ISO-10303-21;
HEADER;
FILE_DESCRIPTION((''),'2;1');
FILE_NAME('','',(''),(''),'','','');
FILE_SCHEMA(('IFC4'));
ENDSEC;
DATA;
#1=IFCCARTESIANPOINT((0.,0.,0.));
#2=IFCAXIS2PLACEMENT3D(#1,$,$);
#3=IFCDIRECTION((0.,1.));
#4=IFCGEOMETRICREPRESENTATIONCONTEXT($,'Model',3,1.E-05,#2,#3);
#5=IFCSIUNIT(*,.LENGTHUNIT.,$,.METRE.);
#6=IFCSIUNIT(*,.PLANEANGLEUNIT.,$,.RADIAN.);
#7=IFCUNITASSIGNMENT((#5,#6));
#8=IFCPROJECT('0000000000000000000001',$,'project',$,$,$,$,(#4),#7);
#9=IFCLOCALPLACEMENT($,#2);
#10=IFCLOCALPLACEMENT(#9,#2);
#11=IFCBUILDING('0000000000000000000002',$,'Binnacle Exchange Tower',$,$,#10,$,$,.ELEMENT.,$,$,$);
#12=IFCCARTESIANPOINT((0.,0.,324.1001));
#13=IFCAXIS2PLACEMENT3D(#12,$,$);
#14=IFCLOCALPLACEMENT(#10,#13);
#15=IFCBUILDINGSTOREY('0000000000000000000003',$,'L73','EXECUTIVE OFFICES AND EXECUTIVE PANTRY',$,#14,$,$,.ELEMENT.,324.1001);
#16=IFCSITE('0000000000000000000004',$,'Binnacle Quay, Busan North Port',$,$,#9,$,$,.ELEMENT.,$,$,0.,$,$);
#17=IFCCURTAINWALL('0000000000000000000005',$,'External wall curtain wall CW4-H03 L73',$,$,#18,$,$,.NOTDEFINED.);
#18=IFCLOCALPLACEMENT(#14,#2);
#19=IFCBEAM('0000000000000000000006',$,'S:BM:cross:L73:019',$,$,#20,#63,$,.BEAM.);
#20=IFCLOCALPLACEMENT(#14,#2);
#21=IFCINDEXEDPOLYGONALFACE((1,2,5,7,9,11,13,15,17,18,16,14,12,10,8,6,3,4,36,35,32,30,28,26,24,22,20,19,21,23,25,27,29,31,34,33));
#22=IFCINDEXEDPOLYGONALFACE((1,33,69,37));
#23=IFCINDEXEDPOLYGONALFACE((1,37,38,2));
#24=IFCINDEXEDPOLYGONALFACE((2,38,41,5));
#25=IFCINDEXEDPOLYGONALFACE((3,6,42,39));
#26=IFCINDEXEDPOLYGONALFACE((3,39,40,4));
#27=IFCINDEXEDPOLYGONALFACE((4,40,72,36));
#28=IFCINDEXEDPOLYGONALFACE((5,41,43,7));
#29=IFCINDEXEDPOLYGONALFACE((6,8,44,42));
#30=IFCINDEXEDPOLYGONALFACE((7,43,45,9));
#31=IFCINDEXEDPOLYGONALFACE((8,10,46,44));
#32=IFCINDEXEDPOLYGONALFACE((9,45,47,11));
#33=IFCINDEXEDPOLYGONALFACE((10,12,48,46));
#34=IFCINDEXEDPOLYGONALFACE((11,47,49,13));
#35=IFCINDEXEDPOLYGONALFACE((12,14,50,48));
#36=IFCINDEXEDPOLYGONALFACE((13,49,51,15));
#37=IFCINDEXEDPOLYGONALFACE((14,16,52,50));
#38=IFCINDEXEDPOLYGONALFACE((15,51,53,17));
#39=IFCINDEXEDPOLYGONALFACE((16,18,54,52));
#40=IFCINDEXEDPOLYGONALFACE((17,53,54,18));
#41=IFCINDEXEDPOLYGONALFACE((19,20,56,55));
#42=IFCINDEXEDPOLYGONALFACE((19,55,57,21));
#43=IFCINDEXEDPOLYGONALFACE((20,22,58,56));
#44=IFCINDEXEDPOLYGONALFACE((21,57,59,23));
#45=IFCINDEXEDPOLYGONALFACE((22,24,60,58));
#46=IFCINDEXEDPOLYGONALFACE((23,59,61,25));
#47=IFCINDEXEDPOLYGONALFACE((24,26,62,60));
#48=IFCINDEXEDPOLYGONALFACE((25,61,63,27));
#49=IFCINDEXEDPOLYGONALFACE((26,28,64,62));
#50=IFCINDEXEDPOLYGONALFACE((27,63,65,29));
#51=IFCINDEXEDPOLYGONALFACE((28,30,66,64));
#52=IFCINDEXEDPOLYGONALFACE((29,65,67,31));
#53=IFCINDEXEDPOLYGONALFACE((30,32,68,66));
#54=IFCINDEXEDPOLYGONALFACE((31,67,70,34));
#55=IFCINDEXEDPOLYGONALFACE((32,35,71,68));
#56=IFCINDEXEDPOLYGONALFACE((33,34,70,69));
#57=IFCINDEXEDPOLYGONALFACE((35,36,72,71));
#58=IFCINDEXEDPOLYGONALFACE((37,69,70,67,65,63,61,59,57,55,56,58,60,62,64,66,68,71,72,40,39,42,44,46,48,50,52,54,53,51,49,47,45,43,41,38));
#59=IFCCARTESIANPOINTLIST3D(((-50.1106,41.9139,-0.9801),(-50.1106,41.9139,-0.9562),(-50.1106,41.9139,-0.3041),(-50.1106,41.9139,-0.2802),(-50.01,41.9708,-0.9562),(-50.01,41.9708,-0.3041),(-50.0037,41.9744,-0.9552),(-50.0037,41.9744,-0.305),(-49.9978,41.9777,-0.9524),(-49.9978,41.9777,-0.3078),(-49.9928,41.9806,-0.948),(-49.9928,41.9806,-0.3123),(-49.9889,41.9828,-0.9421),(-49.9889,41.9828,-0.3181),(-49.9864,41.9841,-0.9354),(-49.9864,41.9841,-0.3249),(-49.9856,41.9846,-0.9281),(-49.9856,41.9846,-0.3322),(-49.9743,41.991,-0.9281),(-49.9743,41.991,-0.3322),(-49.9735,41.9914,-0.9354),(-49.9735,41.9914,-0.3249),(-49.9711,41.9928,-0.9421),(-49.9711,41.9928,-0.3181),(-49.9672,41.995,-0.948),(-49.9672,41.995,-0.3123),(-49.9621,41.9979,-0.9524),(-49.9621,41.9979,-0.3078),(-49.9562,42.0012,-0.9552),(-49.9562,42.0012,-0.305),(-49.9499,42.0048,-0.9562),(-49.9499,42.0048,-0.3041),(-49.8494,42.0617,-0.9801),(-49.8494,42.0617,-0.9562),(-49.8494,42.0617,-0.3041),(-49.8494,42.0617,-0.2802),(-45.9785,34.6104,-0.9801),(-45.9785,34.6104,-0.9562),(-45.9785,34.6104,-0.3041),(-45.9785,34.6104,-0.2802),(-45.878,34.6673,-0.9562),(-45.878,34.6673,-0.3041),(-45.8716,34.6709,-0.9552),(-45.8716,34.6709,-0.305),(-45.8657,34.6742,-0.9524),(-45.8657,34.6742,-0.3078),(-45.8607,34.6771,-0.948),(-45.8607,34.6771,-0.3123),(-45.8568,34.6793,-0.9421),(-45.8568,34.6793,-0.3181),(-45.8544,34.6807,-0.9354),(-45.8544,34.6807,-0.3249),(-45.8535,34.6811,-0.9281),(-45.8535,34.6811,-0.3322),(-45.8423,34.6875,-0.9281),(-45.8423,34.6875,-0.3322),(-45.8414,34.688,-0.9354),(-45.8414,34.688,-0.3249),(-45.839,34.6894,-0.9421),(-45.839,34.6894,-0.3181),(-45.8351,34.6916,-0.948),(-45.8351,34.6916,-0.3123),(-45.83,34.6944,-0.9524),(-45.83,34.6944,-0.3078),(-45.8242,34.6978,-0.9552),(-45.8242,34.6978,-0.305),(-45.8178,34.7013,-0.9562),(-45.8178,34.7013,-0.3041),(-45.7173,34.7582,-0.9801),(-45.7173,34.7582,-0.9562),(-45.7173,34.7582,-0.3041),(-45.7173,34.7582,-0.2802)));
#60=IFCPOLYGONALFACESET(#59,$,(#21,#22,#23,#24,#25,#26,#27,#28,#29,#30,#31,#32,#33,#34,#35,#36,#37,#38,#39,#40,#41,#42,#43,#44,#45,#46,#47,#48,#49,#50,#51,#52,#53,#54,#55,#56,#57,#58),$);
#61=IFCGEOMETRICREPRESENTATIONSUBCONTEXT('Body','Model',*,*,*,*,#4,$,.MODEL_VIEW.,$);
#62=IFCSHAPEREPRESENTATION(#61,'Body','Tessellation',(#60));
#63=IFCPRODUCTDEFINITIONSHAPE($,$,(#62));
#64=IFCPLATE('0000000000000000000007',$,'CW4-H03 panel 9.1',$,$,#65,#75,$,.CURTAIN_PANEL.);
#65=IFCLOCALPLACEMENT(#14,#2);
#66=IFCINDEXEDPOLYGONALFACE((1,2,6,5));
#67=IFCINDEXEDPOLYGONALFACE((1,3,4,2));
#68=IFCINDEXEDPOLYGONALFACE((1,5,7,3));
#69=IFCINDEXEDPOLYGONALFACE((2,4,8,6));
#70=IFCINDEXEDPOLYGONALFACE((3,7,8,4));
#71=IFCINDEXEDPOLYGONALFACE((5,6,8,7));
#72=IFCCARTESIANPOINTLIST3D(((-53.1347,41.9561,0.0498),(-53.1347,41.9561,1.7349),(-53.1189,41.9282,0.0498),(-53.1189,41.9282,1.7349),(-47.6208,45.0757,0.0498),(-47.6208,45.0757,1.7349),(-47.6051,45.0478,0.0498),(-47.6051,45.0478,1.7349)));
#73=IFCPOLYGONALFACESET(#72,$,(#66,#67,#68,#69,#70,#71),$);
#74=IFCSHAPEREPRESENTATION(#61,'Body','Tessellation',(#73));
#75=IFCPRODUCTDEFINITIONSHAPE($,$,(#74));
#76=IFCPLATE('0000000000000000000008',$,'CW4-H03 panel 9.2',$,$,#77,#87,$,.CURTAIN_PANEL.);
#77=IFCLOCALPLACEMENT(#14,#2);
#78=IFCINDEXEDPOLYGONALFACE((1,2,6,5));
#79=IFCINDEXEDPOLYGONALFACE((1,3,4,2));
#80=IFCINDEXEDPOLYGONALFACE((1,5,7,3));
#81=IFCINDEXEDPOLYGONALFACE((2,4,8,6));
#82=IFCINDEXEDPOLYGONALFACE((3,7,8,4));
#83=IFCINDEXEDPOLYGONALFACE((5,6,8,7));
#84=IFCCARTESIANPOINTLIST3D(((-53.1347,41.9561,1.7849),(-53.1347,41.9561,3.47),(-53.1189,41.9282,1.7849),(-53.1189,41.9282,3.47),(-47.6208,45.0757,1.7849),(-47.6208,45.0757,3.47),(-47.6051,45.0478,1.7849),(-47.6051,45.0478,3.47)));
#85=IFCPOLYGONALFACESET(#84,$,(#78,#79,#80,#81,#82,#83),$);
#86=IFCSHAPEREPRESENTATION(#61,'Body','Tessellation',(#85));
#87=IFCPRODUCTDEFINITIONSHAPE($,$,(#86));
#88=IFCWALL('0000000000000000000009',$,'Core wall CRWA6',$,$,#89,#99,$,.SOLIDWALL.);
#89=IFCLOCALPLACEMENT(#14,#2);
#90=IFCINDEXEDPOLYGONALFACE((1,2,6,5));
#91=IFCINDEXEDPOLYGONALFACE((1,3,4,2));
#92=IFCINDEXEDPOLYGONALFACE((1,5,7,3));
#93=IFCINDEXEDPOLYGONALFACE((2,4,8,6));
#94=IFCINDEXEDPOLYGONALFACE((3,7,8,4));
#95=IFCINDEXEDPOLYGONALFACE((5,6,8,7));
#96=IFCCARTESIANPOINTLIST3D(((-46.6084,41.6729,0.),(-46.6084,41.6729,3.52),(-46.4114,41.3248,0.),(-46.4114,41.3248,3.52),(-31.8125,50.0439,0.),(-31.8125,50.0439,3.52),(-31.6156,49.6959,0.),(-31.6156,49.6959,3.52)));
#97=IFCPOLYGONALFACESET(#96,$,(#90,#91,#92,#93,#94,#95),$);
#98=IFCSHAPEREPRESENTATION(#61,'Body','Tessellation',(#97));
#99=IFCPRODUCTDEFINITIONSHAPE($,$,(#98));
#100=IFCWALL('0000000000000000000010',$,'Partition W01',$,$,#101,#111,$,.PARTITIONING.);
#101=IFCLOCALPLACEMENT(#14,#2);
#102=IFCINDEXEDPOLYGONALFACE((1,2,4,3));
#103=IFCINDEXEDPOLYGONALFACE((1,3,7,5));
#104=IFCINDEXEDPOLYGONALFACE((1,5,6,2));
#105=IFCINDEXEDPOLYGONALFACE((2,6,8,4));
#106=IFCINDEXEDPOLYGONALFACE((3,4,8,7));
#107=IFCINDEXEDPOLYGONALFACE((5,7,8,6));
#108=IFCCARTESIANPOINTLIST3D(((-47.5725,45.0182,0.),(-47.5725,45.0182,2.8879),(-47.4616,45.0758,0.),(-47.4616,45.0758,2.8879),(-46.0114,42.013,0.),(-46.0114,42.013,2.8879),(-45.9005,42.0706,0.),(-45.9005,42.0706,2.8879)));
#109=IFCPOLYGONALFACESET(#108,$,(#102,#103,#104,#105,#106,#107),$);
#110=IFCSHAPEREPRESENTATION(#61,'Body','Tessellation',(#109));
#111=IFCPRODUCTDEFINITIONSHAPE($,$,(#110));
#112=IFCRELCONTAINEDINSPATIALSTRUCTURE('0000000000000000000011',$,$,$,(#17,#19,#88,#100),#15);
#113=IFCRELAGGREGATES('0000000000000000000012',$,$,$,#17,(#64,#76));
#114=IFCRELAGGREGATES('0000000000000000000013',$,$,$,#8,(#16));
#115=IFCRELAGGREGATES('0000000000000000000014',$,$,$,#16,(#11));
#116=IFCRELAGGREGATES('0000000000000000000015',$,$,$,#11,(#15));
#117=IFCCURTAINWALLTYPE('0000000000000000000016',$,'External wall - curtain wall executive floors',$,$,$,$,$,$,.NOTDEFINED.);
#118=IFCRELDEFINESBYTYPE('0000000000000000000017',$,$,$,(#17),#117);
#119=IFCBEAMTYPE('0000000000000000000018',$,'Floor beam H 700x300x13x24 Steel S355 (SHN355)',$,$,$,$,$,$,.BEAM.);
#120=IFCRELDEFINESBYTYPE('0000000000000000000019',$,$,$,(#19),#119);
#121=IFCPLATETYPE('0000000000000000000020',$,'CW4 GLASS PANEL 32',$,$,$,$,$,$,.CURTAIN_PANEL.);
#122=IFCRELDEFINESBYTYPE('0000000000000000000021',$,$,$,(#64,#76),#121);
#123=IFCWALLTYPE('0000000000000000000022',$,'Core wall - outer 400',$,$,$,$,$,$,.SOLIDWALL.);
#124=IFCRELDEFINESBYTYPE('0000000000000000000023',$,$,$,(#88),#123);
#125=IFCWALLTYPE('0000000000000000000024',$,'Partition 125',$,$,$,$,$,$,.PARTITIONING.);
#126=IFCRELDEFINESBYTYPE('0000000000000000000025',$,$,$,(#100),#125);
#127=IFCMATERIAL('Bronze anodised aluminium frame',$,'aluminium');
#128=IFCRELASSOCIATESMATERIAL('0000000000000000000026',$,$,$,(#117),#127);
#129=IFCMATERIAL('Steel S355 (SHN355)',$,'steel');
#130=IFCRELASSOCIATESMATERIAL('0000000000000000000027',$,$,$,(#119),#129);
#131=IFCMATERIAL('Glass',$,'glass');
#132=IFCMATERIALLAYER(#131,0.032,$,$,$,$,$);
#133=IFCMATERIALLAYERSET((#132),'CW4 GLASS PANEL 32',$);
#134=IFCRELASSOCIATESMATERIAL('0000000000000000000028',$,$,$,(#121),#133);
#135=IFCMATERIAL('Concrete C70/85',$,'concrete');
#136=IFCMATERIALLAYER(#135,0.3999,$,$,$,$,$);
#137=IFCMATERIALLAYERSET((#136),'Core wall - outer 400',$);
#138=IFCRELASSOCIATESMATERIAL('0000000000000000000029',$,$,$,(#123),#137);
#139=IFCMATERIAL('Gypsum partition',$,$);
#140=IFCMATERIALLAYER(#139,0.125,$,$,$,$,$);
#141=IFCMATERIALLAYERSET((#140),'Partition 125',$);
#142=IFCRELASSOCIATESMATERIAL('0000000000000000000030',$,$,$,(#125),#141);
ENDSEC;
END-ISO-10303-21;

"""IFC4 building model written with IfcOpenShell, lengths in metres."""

from ifc_helpers import new_model, si_unit, direction, frame, frame_2d, origin, origin_2d, place, context, subcontext, project, spatial, rectangle, i_section, extrude, material, layer, layer_set, material_profile, profile_set, type_object, element, aggregate, save


model = new_model("IFC4")

# Units and contexts
model_context = context("Model", 3, precision=1e-05, world=origin(), true_north=direction((0.0, 1.0)))
body_context = subcontext(model_context, "Body", "Model", "MODEL_VIEW")
ifc_project = project(units=[si_unit("LENGTHUNIT", "METRE"), si_unit("PLANEANGLEUNIT", "RADIAN")], contexts=[model_context])

# Site, building, storey
site_placement = place(None, origin())
site = spatial("IfcSite", under=ifc_project, at=site_placement, Name="Binnacle Quay, Busan North Port", CompositionType="ELEMENT", RefElevation=0.0)
building_placement = place(site_placement, origin())
building = spatial("IfcBuilding", under=site, at=building_placement, Name="Binnacle Exchange Tower", CompositionType="ELEMENT")
storey_placement = place(building_placement, frame((0.0, 0.0, 324.1001)))
storey = spatial("IfcBuildingStorey", under=building, at=storey_placement, Name="L73", Description="EXECUTIVE OFFICES AND EXECUTIVE PANTRY", CompositionType="ELEMENT", Elevation=324.1001)

# Curtain wall
ifc_material_1 = material(Name="Bronze anodised aluminium frame", Category="aluminium")
curtain_wall_type = type_object("IfcCurtainWallType", Name="External wall - curtain wall executive floors", PredefinedType="NOTDEFINED", material=ifc_material_1)
curtain_wall_placement = place(storey_placement, origin())
curtain_wall = element("IfcCurtainWall", 1, at=curtain_wall_placement, inside=storey, type_object=curtain_wall_type, Name="External wall curtain wall CW4-H03 L73", PredefinedType="NOTDEFINED")

# Beam
ifc_material_2 = material(Name="Steel S355 (SHN355)", Category="steel")
ifc_material_profile_1 = material_profile(ifc_material_2, i_section(OverallWidth=0.3, OverallDepth=0.7, WebThickness=0.0129, FlangeThickness=0.0239, FilletRadius=0.0281, at=origin_2d()), Name="H 700x300x13x24")
ifc_profile_set_1 = profile_set([ifc_material_profile_1], Name="Steel S355 (SHN355)")
beam_type_1 = type_object("IfcBeamType", Name="Floor beam H 700x300x13x24 Steel S355 (SHN355)", PredefinedType="BEAM", material=ifc_profile_set_1)
beam_1_placement = place(storey_placement, frame((-49.98, 41.9878, -0.6301), z_axis=(0.492422, -0.870357, 0.0), x_axis=(0.870357, 0.492422, 0.0)))
element("IfcBeam", 2, at=beam_1_placement, inside=storey, type_object=beam_type_1, Name="S:BM:cross:L73:019", PredefinedType="BEAM", context=body_context, shape_type="SweptSolid", body=[
    extrude(i_section(OverallWidth=0.3, OverallDepth=0.7, WebThickness=0.0129, FlangeThickness=0.0239, FilletRadius=0.0281, at=origin_2d()), origin(), (0.0, 0.0, 1.0), 8.3914),
])

# Plates
ifc_material_3 = material(Name="Glass", Category="glass")
ifc_layer_1 = layer(ifc_material_3, 0.032)
ifc_layer_set_1 = layer_set([ifc_layer_1], Name="CW4 GLASS PANEL 32")
plate_type = type_object("IfcPlateType", Name="CW4 GLASS PANEL 32", PredefinedType="CURTAIN_PANEL", material=ifc_layer_set_1)
plate_1_placement = place(storey_placement, frame((-50.3699, 43.502, 0.0498), z_axis=(0.0, 0.0, 1.0), x_axis=(-0.870356, -0.492424, 0.0)))
plate_1 = element("IfcPlate", 3, at=plate_1_placement, type_object=plate_type, Name="CW4-H03 panel 9.1", PredefinedType="CURTAIN_PANEL", context=body_context, shape_type="SweptSolid", body=[
    extrude(rectangle(XDim=6.3352, YDim=0.032, at=origin_2d()), origin(), (0.0, 0.0, 1.0), 1.6851),
])
plate_2_placement = place(storey_placement, frame((-50.3699, 43.502, 1.7849), z_axis=(0.0, 0.0, 1.0), x_axis=(-0.870356, -0.492424, 0.0)))
plate_2 = element("IfcPlate", 4, at=plate_2_placement, type_object=plate_type, Name="CW4-H03 panel 9.2", PredefinedType="CURTAIN_PANEL", context=body_context, shape_type="SweptSolid", body=[
    extrude(rectangle(XDim=6.3352, YDim=0.032, at=origin_2d()), origin(), (0.0, 0.0, 1.0), 1.6851),
])
aggregate(curtain_wall, [plate_1, plate_2])

# Walls
ifc_material_4 = material(Name="Concrete C70/85", Category="concrete")
ifc_layer_2 = layer(ifc_material_4, 0.3999)
ifc_layer_set_2 = layer_set([ifc_layer_2], Name="Core wall - outer 400")
wall_type_1 = type_object("IfcWallType", Name="Core wall - outer 400", PredefinedType="SOLIDWALL", material=ifc_layer_set_2)
wall_1_placement = place(storey_placement, frame((-46.51, 41.4988, 0.0), z_axis=(0.0, 0.0, 1.0), x_axis=(0.870356, 0.492423, 0.0)))
element("IfcWall", 5, at=wall_1_placement, inside=storey, type_object=wall_type_1, Name="Core wall CRWA6", PredefinedType="SOLIDWALL", context=body_context, shape_type="SweptSolid", body=[
    extrude(rectangle(XDim=16.9998, YDim=0.3999, at=frame_2d((8.5, 0.0))), origin(), (0.0, 0.0, 1.0), 3.52),
])
ifc_material_5 = material(Name="Gypsum partition")
ifc_layer_3 = layer(ifc_material_5, 0.125)
ifc_layer_set_3 = layer_set([ifc_layer_3], Name="Partition 125")
wall_type_2 = type_object("IfcWallType", Name="Partition 125", PredefinedType="PARTITIONING", material=ifc_layer_set_3)
wall_2_placement = place(storey_placement, frame((-47.5171, 45.0471, 0.0), z_axis=(0.0, 0.0, 1.0), x_axis=(0.460974, -0.887414, 0.0)))
element("IfcWall", 6, at=wall_2_placement, inside=storey, type_object=wall_type_2, Name="Partition W01", PredefinedType="PARTITIONING", context=body_context, shape_type="SweptSolid", body=[
    extrude(rectangle(XDim=3.3865, YDim=0.125, at=frame_2d((1.6934, 0.0))), origin(), (0.0, 0.0, 1.0), 2.8879),
])

save(model, "model.ifc")
